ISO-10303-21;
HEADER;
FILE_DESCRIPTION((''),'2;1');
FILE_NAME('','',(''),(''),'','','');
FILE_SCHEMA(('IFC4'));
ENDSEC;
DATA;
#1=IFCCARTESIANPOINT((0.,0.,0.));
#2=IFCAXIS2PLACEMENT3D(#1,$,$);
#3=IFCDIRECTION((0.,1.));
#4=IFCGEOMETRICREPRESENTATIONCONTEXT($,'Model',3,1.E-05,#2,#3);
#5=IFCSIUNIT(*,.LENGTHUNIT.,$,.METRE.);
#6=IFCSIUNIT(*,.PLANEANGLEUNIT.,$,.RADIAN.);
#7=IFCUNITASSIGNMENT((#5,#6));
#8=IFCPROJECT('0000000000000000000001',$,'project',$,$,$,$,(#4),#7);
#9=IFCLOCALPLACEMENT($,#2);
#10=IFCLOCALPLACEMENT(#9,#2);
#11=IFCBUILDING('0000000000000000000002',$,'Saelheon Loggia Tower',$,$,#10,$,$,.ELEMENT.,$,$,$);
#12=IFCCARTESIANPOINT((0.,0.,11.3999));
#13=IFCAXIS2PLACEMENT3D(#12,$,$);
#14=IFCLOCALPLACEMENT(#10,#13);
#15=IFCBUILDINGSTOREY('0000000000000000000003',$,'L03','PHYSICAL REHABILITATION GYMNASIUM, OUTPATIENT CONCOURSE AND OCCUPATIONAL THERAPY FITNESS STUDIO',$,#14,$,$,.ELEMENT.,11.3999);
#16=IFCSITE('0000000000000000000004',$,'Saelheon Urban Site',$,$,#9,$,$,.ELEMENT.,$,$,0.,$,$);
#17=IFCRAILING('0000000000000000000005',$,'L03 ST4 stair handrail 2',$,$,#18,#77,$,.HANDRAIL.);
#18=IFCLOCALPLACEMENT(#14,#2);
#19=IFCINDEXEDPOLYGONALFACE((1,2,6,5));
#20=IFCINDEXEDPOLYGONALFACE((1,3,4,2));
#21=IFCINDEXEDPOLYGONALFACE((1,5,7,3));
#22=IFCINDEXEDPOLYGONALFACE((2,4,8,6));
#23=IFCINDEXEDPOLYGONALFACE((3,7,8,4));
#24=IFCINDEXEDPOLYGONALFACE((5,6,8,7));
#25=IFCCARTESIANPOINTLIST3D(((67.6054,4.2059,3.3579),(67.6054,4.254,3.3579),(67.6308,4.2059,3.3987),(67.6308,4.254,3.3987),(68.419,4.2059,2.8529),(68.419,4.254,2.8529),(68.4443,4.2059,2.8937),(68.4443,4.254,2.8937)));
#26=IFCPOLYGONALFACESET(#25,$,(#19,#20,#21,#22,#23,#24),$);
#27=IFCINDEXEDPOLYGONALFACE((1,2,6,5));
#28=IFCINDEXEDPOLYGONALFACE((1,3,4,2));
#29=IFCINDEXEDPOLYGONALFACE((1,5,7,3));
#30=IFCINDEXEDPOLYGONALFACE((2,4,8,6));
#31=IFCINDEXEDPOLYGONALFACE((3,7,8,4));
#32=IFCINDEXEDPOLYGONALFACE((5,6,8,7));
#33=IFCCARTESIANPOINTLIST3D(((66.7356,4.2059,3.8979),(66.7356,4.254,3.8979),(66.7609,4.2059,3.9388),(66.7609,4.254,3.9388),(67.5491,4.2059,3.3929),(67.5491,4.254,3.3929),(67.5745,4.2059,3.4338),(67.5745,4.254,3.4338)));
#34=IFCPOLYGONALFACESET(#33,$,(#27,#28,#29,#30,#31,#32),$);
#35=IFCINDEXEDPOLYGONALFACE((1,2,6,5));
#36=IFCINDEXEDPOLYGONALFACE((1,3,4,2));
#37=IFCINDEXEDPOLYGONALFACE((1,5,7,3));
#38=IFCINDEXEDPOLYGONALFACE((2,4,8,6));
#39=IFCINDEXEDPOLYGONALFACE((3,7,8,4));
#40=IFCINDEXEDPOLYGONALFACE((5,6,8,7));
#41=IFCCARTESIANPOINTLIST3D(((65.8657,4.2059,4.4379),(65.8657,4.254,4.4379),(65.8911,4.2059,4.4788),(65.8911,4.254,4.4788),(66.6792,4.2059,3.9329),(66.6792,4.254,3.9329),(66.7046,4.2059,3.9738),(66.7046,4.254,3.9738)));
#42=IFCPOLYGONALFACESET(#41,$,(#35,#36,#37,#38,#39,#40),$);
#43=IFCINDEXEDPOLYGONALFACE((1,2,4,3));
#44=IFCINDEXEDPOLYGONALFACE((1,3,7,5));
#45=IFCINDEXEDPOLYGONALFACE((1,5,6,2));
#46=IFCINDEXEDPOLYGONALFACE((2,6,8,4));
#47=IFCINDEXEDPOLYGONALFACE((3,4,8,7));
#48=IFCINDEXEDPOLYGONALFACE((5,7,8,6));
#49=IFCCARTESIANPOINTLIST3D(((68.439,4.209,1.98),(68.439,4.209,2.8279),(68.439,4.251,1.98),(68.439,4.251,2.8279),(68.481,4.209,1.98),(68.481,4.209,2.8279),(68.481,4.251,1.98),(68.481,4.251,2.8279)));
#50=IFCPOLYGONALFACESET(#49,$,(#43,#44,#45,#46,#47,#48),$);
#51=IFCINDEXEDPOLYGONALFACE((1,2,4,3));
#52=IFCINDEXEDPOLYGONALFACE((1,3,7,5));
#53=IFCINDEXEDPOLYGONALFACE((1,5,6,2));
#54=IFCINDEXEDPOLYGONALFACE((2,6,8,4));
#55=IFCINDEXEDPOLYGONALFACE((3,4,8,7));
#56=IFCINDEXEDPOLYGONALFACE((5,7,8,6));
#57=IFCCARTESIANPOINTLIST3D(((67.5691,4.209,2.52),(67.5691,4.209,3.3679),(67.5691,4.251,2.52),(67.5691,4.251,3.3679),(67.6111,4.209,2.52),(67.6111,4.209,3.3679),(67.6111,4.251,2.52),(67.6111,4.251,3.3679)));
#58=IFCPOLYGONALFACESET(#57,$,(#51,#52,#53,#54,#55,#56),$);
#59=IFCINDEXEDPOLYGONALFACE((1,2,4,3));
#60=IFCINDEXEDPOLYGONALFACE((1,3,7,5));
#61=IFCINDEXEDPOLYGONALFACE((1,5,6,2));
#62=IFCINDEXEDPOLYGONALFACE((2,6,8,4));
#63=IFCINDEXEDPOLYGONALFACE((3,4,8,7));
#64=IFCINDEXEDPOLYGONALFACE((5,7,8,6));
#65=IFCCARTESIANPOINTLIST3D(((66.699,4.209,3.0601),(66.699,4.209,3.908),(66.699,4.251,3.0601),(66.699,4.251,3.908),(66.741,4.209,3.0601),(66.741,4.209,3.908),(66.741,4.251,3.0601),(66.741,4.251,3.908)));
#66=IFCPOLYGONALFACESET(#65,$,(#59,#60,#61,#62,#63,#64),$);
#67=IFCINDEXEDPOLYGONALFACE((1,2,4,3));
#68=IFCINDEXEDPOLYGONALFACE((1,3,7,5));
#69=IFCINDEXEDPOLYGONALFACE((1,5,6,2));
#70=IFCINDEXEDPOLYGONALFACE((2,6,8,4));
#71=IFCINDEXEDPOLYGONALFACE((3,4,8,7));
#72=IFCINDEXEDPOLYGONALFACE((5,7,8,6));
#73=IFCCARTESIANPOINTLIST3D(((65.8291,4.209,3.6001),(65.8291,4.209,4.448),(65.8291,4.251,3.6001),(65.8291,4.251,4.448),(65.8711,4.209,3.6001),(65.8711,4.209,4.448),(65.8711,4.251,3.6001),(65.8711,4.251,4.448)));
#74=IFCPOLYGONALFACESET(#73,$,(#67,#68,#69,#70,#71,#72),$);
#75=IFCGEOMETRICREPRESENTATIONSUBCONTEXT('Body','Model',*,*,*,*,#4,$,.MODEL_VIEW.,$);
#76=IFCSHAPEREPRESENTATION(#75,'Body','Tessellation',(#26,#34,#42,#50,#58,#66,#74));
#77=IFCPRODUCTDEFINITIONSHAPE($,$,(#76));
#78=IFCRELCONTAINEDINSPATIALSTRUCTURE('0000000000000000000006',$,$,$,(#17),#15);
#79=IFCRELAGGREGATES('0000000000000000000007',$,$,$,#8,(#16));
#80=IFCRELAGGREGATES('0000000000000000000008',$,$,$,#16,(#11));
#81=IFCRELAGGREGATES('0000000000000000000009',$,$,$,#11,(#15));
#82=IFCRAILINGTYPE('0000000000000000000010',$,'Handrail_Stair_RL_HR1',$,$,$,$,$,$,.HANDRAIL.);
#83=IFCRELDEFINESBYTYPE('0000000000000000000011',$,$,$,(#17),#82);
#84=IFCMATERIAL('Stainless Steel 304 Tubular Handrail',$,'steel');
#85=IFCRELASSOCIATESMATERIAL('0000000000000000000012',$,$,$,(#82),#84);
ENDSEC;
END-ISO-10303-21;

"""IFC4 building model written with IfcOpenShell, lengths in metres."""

from ifc_helpers import new_model, si_unit, direction, frame, origin, origin_2d, place, context, subcontext, project, spatial, rectangle, extrude, material, type_object, element, save


model = new_model("IFC4")

# Units and contexts
model_context = context("Model", 3, precision=1e-05, world=origin(), true_north=direction((0.0, 1.0)))
body_context = subcontext(model_context, "Body", "Model", "MODEL_VIEW")
ifc_project = project(units=[si_unit("LENGTHUNIT", "METRE"), si_unit("PLANEANGLEUNIT", "RADIAN")], contexts=[model_context])

# Site, building, storey
site_placement = place(None, origin())
site = spatial("IfcSite", under=ifc_project, at=site_placement, Name="Saelheon Urban Site", CompositionType="ELEMENT", RefElevation=0.0)
building_placement = place(site_placement, origin())
building = spatial("IfcBuilding", under=site, at=building_placement, Name="Saelheon Loggia Tower", CompositionType="ELEMENT")
storey_placement = place(building_placement, frame((0.0, 0.0, 11.3999)))
storey = spatial("IfcBuildingStorey", under=building, at=storey_placement, Name="L03", Description="PHYSICAL REHABILITATION GYMNASIUM, OUTPATIENT CONCOURSE AND OCCUPATIONAL THERAPY FITNESS STUDIO", CompositionType="ELEMENT", Elevation=11.3999)

# Railing
ifc_material_1 = material(Name="Stainless Steel 304 Tubular Handrail", Category="steel")
railing_type_1 = type_object("IfcRailingType", Name="Handrail_Stair_RL_HR1", PredefinedType="HANDRAIL", material=ifc_material_1)
railing_1_placement = place(storey_placement, frame((68.46, 4.23, 1.98)))
element("IfcRailing", 1, at=railing_1_placement, inside=storey, type_object=railing_type_1, Name="L03 ST4 stair handrail 2", PredefinedType="HANDRAIL", context=body_context, shape_type="SweptSolid", body=[
    extrude(rectangle(XDim=0.0481, YDim=0.0481, at=origin_2d()), frame((-0.0283, 0.0, 0.8933), z_axis=(-0.849611, 0.0, 0.52741), x_axis=(0.0, -1.0, 0.0)), (0.0, 0.0, 1.0), 0.9575),
    extrude(rectangle(XDim=0.0481, YDim=0.0481, at=origin_2d()), frame((-0.8982, 0.0, 1.4333), z_axis=(-0.849611, 0.0, 0.52741), x_axis=(0.0, -1.0, 0.0)), (0.0, 0.0, 1.0), 0.9575),
    extrude(rectangle(XDim=0.0481, YDim=0.0481, at=origin_2d()), frame((-1.7681, 0.0, 1.9734), z_axis=(-0.849611, 0.0, 0.52741), x_axis=(0.0, -1.0, 0.0)), (0.0, 0.0, 1.0), 0.9575),
    extrude(rectangle(XDim=0.042, YDim=0.042, at=origin_2d()), origin(), (0.0, 0.0, 1.0), 0.8479),
    extrude(rectangle(XDim=0.042, YDim=0.042, at=origin_2d()), frame((-0.8699, 0.0, 0.54)), (0.0, 0.0, 1.0), 0.8479),
    extrude(rectangle(XDim=0.042, YDim=0.042, at=origin_2d()), frame((-1.74, 0.0, 1.0801)), (0.0, 0.0, 1.0), 0.8479),
    extrude(rectangle(XDim=0.042, YDim=0.042, at=origin_2d()), frame((-2.6099, 0.0, 1.6201)), (0.0, 0.0, 1.0), 0.8479),
])

save(model, "model.ifc")
